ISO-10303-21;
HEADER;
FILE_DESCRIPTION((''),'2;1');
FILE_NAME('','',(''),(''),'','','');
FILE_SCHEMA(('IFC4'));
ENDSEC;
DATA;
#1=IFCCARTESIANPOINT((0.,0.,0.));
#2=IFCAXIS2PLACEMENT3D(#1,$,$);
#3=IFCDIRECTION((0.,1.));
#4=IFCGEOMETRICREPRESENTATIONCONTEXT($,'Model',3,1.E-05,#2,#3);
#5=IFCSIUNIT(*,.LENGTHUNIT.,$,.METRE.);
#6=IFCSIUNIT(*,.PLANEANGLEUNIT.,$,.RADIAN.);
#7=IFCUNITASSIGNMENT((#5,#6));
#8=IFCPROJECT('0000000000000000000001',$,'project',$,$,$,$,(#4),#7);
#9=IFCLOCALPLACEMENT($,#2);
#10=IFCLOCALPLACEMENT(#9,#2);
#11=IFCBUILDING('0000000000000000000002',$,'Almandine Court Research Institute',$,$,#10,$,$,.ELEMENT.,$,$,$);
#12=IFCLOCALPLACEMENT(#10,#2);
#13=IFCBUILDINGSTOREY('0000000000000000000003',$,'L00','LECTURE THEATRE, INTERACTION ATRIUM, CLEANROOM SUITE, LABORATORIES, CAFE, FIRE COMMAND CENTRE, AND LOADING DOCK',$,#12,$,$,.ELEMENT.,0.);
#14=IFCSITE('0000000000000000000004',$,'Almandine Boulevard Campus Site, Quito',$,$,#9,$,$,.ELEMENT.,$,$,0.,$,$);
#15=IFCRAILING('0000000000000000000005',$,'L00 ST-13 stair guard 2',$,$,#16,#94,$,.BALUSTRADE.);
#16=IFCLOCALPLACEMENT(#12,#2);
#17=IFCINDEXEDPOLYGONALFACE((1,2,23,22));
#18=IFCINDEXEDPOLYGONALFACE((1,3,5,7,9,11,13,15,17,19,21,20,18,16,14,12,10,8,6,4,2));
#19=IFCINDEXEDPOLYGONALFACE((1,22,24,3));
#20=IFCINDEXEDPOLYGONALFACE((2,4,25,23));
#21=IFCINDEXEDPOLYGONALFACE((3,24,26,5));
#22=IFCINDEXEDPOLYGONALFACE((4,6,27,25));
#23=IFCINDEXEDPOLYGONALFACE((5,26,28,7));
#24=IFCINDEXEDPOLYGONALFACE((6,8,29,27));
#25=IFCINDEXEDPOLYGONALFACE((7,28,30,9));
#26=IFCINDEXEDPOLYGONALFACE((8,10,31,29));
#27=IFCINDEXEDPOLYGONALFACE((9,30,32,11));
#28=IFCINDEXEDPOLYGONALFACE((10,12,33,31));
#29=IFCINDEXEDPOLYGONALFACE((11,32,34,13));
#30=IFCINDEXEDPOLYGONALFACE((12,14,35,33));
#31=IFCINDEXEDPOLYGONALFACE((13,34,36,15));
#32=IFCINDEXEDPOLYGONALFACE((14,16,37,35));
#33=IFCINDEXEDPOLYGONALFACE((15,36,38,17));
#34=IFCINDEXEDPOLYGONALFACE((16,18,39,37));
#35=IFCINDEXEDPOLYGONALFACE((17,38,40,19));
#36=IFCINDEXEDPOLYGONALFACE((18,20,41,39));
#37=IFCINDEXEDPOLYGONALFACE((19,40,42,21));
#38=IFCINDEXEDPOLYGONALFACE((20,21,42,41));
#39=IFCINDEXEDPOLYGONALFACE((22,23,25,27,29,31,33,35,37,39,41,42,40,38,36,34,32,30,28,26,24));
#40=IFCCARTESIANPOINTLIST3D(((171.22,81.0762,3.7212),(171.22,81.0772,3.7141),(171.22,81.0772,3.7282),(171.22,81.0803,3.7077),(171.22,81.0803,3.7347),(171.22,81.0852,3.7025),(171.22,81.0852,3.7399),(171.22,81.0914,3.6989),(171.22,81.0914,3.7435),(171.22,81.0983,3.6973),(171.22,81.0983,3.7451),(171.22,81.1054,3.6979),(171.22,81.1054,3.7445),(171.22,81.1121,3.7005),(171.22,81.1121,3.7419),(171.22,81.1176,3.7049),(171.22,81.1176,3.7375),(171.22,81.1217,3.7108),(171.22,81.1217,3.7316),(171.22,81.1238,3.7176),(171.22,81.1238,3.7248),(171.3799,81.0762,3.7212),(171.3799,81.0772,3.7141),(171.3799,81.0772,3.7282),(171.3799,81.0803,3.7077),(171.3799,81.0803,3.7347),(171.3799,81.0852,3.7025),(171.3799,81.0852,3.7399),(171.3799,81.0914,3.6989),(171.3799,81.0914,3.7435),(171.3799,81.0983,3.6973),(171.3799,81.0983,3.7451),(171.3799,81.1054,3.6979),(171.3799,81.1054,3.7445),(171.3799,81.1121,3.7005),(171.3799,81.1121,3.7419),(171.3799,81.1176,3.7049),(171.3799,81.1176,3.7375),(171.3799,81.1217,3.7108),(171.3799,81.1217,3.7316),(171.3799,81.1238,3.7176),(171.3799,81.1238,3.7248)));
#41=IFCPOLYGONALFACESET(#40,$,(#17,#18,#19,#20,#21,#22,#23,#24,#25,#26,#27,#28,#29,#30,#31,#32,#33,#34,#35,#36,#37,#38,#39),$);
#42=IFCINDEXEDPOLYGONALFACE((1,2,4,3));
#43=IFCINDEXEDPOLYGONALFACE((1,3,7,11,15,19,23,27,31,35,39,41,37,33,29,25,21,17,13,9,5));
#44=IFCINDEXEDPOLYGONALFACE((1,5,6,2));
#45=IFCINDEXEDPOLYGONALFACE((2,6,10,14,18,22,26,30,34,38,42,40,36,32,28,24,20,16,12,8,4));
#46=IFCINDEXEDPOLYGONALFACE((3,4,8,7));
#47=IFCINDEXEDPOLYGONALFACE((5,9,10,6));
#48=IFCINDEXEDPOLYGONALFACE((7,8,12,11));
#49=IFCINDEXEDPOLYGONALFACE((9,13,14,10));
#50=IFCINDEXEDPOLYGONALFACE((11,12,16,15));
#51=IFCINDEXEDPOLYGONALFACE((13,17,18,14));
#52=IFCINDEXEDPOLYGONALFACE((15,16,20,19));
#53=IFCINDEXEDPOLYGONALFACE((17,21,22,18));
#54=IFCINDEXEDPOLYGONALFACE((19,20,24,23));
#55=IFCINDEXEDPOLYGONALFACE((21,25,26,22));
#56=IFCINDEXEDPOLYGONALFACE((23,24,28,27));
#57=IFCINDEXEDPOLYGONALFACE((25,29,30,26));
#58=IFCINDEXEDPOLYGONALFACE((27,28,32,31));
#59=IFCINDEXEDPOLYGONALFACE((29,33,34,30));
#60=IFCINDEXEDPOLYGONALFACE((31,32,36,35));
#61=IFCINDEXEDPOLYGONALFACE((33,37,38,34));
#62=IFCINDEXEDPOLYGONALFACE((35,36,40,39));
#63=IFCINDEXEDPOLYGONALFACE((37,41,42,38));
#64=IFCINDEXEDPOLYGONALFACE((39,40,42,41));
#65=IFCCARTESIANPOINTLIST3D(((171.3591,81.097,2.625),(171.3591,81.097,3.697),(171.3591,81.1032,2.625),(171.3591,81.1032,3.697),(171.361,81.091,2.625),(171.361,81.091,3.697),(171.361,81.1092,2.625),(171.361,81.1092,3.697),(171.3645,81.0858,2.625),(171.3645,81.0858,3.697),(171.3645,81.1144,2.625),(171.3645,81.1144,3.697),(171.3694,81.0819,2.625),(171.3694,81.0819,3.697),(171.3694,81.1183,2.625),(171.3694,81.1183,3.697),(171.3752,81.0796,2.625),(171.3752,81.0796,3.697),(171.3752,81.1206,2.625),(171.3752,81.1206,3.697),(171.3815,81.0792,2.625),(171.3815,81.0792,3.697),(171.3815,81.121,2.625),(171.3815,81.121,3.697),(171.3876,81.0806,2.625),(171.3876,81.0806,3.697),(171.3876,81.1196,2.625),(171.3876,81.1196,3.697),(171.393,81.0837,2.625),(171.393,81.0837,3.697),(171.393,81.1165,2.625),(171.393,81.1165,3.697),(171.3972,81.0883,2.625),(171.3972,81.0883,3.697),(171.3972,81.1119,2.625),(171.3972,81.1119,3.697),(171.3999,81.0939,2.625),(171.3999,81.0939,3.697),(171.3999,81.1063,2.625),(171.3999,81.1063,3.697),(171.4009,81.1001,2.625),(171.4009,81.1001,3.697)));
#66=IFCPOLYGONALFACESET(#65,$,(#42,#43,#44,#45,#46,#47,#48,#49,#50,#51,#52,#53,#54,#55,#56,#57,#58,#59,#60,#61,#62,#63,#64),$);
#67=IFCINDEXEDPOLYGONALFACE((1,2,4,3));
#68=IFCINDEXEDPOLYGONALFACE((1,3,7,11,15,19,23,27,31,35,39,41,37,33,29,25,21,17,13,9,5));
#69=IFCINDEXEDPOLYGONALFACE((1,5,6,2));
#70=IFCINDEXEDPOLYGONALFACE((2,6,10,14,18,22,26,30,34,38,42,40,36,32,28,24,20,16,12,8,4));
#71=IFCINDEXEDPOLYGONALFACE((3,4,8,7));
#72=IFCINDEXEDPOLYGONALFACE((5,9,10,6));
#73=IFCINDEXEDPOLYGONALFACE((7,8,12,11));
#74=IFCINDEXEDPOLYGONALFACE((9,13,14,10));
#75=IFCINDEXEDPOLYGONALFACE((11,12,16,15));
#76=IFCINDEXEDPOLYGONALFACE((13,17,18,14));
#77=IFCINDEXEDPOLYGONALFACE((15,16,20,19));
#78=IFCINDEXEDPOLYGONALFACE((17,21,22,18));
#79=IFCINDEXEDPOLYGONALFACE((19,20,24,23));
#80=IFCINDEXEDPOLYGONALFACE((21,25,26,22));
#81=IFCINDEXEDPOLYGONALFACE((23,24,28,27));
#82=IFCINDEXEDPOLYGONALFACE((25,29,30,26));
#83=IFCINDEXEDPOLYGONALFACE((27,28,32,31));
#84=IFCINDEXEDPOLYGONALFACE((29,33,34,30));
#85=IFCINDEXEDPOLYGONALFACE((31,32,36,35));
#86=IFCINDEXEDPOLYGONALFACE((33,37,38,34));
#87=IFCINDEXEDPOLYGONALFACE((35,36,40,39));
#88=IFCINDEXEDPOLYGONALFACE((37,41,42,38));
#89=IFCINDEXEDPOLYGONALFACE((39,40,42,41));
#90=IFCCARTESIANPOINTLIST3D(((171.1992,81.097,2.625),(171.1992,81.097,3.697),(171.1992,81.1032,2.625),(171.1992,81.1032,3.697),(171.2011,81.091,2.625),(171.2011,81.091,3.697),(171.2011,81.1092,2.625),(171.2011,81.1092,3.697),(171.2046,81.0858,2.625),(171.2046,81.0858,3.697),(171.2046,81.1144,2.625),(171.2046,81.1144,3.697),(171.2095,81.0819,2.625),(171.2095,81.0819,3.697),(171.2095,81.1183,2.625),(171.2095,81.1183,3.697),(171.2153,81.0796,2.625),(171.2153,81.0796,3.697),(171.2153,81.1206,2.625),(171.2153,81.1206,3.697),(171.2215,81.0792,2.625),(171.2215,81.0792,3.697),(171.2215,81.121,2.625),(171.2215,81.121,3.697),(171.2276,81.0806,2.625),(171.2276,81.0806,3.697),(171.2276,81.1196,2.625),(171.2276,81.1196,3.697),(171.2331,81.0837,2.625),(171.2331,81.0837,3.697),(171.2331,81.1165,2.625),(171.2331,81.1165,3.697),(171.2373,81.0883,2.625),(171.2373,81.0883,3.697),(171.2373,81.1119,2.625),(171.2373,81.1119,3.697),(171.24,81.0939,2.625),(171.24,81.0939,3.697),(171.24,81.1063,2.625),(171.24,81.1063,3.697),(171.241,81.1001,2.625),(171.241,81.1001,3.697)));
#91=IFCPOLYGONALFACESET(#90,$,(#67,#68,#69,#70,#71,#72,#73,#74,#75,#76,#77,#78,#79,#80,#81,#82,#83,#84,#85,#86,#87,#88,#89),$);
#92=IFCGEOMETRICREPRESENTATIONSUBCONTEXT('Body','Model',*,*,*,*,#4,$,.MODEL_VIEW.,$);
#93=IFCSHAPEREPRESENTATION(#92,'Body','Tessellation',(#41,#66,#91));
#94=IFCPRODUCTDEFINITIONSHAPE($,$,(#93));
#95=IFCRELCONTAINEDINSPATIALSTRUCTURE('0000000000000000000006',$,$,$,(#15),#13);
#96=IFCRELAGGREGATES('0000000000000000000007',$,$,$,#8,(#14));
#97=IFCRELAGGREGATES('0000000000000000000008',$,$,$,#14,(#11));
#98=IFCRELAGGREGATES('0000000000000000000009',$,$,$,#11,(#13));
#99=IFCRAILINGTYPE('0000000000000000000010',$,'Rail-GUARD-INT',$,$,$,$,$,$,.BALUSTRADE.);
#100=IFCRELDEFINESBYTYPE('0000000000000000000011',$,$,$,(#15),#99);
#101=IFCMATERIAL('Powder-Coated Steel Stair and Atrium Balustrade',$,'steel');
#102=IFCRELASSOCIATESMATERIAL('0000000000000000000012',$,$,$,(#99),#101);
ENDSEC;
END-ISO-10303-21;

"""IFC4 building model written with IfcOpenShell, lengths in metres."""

from ifc_helpers import new_model, si_unit, direction, frame, origin, origin_2d, place, context, subcontext, project, spatial, circle, extrude, material, type_object, element, save


model = new_model("IFC4")

# Units and contexts
model_context = context("Model", 3, precision=1e-05, world=origin(), true_north=direction((0.0, 1.0)))
body_context = subcontext(model_context, "Body", "Model", "MODEL_VIEW")
ifc_project = project(units=[si_unit("LENGTHUNIT", "METRE"), si_unit("PLANEANGLEUNIT", "RADIAN")], contexts=[model_context])

# Site, building, storey
site_placement = place(None, origin())
site = spatial("IfcSite", under=ifc_project, at=site_placement, Name="Almandine Boulevard Campus Site, Quito", CompositionType="ELEMENT", RefElevation=0.0)
building_placement = place(site_placement, origin())
building = spatial("IfcBuilding", under=site, at=building_placement, Name="Almandine Court Research Institute", CompositionType="ELEMENT")
storey_placement = place(building_placement, origin())
storey = spatial("IfcBuildingStorey", under=building, at=storey_placement, Name="L00", Description="LECTURE THEATRE, INTERACTION ATRIUM, CLEANROOM SUITE, LABORATORIES, CAFE, FIRE COMMAND CENTRE, AND LOADING DOCK", CompositionType="ELEMENT", Elevation=0.0)

# Railing
ifc_material_1 = material(Name="Powder-Coated Steel Stair and Atrium Balustrade", Category="steel")
railing_type_1 = type_object("IfcRailingType", Name="Rail-GUARD-INT", PredefinedType="BALUSTRADE", material=ifc_material_1)
railing_1_placement = place(storey_placement, frame((171.3799, 81.1001, 2.625)))
element("IfcRailing", 1, at=railing_1_placement, inside=storey, type_object=railing_type_1, Name="L00 ST-13 stair guard 2", PredefinedType="BALUSTRADE", context=body_context, shape_type="SweptSolid", body=[
    extrude(circle(Radius=0.0239, at=origin_2d()), frame((0.0, 0.0, 1.0962), z_axis=(-1.0, 0.0, 0.0), x_axis=(0.0, -1.0, 0.0)), (0.0, 0.0, 1.0), 0.1599),
    extrude(circle(Radius=0.021, at=origin_2d()), origin(), (0.0, 0.0, 1.0), 1.072),
    extrude(circle(Radius=0.021, at=origin_2d()), frame((-0.1599, 0.0, 0.0)), (0.0, 0.0, 1.0), 1.072),
])

save(model, "model.ifc")
